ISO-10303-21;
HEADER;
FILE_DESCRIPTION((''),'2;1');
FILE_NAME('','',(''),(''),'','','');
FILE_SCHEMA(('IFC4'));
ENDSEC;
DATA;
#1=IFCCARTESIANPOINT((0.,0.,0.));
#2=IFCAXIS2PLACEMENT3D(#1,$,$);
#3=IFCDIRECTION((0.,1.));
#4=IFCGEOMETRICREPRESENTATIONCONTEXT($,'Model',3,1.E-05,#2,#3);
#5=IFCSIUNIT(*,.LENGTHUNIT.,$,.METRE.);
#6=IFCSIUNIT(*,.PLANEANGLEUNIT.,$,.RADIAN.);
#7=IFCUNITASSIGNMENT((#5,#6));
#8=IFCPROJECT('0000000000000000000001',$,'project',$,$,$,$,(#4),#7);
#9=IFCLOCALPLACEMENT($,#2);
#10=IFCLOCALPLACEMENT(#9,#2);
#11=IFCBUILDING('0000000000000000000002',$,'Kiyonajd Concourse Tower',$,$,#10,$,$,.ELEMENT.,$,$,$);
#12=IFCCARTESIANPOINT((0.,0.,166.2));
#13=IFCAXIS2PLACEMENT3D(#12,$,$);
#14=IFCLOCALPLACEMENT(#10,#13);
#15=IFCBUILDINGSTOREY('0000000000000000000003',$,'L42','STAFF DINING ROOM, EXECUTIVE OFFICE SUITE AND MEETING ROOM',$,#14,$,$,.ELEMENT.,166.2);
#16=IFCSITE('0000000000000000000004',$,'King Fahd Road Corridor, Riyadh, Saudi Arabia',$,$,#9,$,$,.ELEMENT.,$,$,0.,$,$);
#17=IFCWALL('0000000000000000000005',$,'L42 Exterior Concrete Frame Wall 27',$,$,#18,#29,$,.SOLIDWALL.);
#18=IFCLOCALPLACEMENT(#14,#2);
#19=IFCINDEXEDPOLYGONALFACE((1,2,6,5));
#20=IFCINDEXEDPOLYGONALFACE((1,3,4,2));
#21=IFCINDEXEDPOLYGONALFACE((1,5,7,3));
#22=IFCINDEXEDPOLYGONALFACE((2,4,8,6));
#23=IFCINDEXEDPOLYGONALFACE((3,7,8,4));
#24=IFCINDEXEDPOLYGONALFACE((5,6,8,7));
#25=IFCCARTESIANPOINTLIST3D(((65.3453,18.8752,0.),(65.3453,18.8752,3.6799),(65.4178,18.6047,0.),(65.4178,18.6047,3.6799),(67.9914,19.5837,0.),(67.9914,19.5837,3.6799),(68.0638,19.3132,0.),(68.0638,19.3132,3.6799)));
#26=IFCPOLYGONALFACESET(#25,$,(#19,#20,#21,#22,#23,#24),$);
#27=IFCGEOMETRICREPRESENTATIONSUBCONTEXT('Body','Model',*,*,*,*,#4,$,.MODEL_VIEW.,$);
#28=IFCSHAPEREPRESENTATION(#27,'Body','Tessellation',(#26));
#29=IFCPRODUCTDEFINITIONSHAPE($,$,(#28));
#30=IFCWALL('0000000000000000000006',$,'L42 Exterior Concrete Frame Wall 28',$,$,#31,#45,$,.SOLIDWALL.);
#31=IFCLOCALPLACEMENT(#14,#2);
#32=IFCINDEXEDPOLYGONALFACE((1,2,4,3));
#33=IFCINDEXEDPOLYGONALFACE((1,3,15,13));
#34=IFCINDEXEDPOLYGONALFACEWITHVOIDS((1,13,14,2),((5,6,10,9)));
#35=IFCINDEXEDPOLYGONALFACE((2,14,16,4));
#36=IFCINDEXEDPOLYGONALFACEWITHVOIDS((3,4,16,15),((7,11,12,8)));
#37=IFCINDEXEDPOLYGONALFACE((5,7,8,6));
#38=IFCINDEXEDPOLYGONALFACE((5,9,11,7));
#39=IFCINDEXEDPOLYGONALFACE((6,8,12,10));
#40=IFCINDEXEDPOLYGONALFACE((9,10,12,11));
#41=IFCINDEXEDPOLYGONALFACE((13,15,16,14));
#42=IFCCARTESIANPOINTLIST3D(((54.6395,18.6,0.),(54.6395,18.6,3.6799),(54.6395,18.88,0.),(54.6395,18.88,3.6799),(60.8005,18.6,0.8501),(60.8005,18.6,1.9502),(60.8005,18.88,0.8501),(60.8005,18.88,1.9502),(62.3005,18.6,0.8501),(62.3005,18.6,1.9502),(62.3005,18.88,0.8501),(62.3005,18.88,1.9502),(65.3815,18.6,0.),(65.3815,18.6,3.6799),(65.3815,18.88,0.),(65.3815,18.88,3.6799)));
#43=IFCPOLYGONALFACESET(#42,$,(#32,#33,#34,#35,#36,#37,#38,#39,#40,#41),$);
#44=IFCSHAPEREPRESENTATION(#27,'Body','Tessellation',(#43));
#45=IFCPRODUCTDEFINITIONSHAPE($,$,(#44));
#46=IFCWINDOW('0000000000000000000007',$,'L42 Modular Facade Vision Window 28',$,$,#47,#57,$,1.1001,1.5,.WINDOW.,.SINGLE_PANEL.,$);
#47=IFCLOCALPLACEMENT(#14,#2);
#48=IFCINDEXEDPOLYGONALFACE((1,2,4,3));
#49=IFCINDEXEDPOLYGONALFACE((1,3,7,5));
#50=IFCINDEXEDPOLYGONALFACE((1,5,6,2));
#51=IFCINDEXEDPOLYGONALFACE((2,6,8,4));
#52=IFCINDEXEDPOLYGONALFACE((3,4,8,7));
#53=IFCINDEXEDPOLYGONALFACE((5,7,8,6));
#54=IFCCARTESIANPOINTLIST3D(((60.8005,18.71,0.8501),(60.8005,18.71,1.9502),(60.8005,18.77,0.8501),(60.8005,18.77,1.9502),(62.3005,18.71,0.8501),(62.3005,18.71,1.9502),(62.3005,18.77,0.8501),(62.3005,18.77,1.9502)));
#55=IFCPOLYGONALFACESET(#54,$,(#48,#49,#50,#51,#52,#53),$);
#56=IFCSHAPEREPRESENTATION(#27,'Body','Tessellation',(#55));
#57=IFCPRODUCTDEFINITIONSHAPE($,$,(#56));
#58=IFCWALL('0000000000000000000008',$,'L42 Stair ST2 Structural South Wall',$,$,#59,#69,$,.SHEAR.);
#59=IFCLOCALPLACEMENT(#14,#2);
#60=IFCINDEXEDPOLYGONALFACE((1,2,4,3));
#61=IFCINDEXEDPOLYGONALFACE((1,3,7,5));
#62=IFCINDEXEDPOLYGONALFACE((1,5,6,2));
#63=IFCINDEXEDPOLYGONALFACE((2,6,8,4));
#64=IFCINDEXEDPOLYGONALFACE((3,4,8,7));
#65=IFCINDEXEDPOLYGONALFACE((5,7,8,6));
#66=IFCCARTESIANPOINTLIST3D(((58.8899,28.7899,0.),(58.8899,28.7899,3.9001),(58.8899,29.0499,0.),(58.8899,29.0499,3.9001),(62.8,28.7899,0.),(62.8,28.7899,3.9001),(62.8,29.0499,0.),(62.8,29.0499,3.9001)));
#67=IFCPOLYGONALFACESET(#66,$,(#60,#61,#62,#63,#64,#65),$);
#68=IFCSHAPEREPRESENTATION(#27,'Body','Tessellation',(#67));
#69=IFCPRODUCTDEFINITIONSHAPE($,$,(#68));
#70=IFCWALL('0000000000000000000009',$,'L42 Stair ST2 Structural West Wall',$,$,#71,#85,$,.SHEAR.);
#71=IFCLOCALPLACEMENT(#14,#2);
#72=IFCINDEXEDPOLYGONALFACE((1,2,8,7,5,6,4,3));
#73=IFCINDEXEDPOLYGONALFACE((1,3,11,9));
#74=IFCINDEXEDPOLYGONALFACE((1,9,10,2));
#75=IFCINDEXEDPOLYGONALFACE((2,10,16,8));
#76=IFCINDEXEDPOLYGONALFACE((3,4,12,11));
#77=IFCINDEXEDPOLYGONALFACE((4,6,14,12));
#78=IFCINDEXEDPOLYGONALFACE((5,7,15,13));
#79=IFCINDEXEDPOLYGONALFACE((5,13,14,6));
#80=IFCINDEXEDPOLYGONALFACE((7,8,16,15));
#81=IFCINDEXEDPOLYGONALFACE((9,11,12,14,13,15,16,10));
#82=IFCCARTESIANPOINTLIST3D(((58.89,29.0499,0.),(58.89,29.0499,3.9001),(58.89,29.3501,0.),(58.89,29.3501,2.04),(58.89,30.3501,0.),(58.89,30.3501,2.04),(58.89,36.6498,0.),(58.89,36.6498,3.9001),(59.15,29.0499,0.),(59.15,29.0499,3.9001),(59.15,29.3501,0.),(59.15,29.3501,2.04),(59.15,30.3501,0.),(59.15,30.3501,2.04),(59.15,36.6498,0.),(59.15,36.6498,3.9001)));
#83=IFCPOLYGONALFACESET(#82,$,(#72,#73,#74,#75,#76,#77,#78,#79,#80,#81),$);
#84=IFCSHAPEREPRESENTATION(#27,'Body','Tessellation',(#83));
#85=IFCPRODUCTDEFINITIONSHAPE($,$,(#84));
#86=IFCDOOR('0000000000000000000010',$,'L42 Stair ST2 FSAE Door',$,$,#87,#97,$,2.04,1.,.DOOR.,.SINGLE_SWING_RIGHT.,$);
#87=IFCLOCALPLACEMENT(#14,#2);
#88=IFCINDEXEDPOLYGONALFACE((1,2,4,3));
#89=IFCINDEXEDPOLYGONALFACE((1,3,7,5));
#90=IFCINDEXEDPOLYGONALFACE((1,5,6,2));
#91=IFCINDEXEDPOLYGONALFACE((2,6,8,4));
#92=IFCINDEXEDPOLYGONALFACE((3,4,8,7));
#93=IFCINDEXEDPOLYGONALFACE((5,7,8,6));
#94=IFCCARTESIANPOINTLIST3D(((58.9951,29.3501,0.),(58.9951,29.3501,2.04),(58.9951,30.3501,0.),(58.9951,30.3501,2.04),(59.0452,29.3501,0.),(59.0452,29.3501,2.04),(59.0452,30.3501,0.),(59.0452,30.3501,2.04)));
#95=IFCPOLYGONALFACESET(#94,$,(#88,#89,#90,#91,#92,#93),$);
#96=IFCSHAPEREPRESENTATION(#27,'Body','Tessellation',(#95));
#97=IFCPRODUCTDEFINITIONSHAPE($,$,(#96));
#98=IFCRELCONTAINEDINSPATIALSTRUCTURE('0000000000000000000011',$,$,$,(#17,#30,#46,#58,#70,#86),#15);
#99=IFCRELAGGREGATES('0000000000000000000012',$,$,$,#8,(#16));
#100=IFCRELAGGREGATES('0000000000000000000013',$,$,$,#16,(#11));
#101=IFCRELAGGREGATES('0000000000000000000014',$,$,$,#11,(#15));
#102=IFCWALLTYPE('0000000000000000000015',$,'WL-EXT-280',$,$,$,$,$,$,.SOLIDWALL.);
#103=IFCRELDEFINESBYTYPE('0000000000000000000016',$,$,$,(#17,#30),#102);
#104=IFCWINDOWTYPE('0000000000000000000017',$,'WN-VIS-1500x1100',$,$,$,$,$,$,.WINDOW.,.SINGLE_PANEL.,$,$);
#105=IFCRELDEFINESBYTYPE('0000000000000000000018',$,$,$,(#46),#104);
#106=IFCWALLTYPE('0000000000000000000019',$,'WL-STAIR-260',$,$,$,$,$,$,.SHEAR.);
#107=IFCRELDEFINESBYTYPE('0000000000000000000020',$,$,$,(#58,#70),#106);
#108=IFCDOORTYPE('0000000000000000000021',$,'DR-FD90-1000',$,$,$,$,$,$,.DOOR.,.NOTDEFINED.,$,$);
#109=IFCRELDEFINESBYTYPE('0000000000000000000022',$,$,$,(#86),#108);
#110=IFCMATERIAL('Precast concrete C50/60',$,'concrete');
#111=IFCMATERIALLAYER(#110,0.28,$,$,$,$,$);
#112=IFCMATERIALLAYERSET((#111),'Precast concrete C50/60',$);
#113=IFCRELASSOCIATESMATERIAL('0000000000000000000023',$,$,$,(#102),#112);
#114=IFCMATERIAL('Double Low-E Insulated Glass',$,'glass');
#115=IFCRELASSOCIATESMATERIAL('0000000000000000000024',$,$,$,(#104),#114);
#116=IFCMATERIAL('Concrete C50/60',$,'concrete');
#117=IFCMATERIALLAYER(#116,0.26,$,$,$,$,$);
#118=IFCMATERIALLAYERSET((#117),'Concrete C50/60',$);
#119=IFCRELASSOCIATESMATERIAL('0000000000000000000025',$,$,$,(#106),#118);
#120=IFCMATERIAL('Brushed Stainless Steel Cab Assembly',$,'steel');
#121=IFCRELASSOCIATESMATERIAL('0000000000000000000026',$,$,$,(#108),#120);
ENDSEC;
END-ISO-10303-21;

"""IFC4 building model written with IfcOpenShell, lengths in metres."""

from ifc_helpers import new_model, si_unit, direction, frame, frame_2d, origin, place, context, subcontext, project, spatial, rectangle, extrude, material, layer, layer_set, type_object, element, fill, save


model = new_model("IFC4")

# Units and contexts
model_context = context("Model", 3, precision=1e-05, world=origin(), true_north=direction((0.0, 1.0)))
body_context = subcontext(model_context, "Body", "Model", "MODEL_VIEW")
ifc_project = project(units=[si_unit("LENGTHUNIT", "METRE"), si_unit("PLANEANGLEUNIT", "RADIAN")], contexts=[model_context])

# Site, building, storey
site_placement = place(None, origin())
site = spatial("IfcSite", under=ifc_project, at=site_placement, Name="King Fahd Road Corridor, Riyadh, Saudi Arabia", CompositionType="ELEMENT", RefElevation=0.0)
building_placement = place(site_placement, origin())
building = spatial("IfcBuilding", under=site, at=building_placement, Name="Kiyonajd Concourse Tower", CompositionType="ELEMENT")
storey_placement = place(building_placement, frame((0.0, 0.0, 166.2)))
storey = spatial("IfcBuildingStorey", under=building, at=storey_placement, Name="L42", Description="STAFF DINING ROOM, EXECUTIVE OFFICE SUITE AND MEETING ROOM", CompositionType="ELEMENT", Elevation=166.2)

# Shared definitions
ifc_material_1 = material(Name="Double Low-E Insulated Glass", Category="glass")

# Wall
ifc_material_2 = material(Name="Precast concrete C50/60", Category="concrete")
ifc_layer_1 = layer(ifc_material_2, 0.28)
ifc_layer_set_1 = layer_set([ifc_layer_1], Name="Precast concrete C50/60")
wall_type_1 = type_object("IfcWallType", Name="WL-EXT-280", PredefinedType="SOLIDWALL", material=ifc_layer_set_1)
wall_1_placement = place(storey_placement, frame((68.0276, 19.4485, 0.0), z_axis=(0.0, 0.0, 1.0), x_axis=(-0.965971, -0.25865, 0.0)))
element("IfcWall", 1, at=wall_1_placement, inside=storey, type_object=wall_type_1, Name="L42 Exterior Concrete Frame Wall 27", PredefinedType="SOLIDWALL", context=body_context, shape_type="SweptSolid", body=[
    extrude(rectangle(XDim=2.7393, YDim=0.28, at=frame_2d((1.3696, 0.0))), origin(), (0.0, 0.0, 1.0), 3.6799),
])

# Wall, opening, window
wall_2_placement = place(storey_placement, frame((65.3816, 18.74, 0.0), z_axis=(0.0, 0.0, 1.0), x_axis=(-1.0, 0.0, 0.0)))
wall_2 = element("IfcWall", 2, at=wall_2_placement, inside=storey, type_object=wall_type_1, Name="L42 Exterior Concrete Frame Wall 28", PredefinedType="SOLIDWALL", context=body_context, shape_type="SweptSolid", body=[
    extrude(rectangle(XDim=10.7419, YDim=0.28, at=frame_2d((5.3711, 0.0))), origin(), (0.0, 0.0, 1.0), 3.6799),
])
opening_1_placement = place(wall_2_placement, frame((3.0811, 0.0, 0.8501)))
opening_1 = element("IfcOpeningElement", 3, at=opening_1_placement, cuts=wall_2, PredefinedType="OPENING", context=body_context, shape_type="SweptSolid", body=[
    extrude(rectangle(XDim=1.5, YDim=1.1001, at=frame_2d((0.75, 0.55))), frame((0.0, 0.1499, 0.0), z_axis=(0.0, -1.0, 0.0), x_axis=(1.0, 0.0, 0.0)), (0.0, 0.0, 1.0), 0.3),
])
window_type = type_object("IfcWindowType", Name="WN-VIS-1500x1100", PartitioningType="SINGLE_PANEL", PredefinedType="WINDOW", material=ifc_material_1)
window_placement = place(opening_1_placement, origin())
window = element("IfcWindow", 4, at=window_placement, inside=storey, type_object=window_type, Name="L42 Modular Facade Vision Window 28", OverallHeight=1.1001, OverallWidth=1.5, PartitioningType="SINGLE_PANEL", PredefinedType="WINDOW", context=body_context, shape_type="SweptSolid", body=[
    extrude(rectangle(XDim=1.5, YDim=1.1001, at=frame_2d((0.75, 0.55))), frame((0.0, 0.03, 0.0), z_axis=(0.0, -1.0, 0.0), x_axis=(1.0, 0.0, 0.0)), (0.0, 0.0, 1.0), 0.0601),
])
fill(opening_1, window)

# Wall
ifc_material_3 = material(Name="Concrete C50/60", Category="concrete")
ifc_layer_2 = layer(ifc_material_3, 0.26)
ifc_layer_set_2 = layer_set([ifc_layer_2], Name="Concrete C50/60")
wall_type_2 = type_object("IfcWallType", Name="WL-STAIR-260", PredefinedType="SHEAR", material=ifc_layer_set_2)
wall_3_placement = place(storey_placement, frame((58.8899, 28.9199, 0.0), z_axis=(0.0, 0.0, 1.0), x_axis=(1.0, 0.0, 0.0)))
element("IfcWall", 5, at=wall_3_placement, inside=storey, type_object=wall_type_2, Name="L42 Stair ST2 Structural South Wall", PredefinedType="SHEAR", context=body_context, shape_type="SweptSolid", body=[
    extrude(rectangle(XDim=3.9102, YDim=0.26, at=frame_2d((1.9551, 0.0))), origin(), (0.0, 0.0, 1.0), 3.9001),
])

# Wall, opening, door
wall_4_placement = place(storey_placement, frame((59.02, 29.05, 0.0), z_axis=(0.0, 0.0, 1.0), x_axis=(0.0, 1.0, 0.0)))
wall_4 = element("IfcWall", 6, at=wall_4_placement, inside=storey, type_object=wall_type_2, Name="L42 Stair ST2 Structural West Wall", PredefinedType="SHEAR", context=body_context, shape_type="SweptSolid", body=[
    extrude(rectangle(XDim=7.5999, YDim=0.26, at=frame_2d((3.7998, 0.0))), origin(), (0.0, 0.0, 1.0), 3.9001),
])
opening_2_placement = place(wall_4_placement, frame((0.3, 0.0, 0.0)))
opening_2 = element("IfcOpeningElement", 7, at=opening_2_placement, cuts=wall_4, PredefinedType="OPENING", context=body_context, shape_type="SweptSolid", body=[
    extrude(rectangle(XDim=1.0, YDim=2.04, at=frame_2d((0.5, 1.02))), frame((0.0, 0.1399, 0.0), z_axis=(0.0, -1.0, 0.0), x_axis=(1.0, 0.0, 0.0)), (0.0, 0.0, 1.0), 0.28),
])
ifc_material_4 = material(Name="Brushed Stainless Steel Cab Assembly", Category="steel")
door_type = type_object("IfcDoorType", Name="DR-FD90-1000", OperationType="NOTDEFINED", PredefinedType="DOOR", material=ifc_material_4)
door_placement = place(opening_2_placement, origin())
door = element("IfcDoor", 8, at=door_placement, inside=storey, type_object=door_type, Name="L42 Stair ST2 FSAE Door", OperationType="SINGLE_SWING_RIGHT", OverallHeight=2.04, OverallWidth=1.0, PredefinedType="DOOR", context=body_context, shape_type="SweptSolid", body=[
    extrude(rectangle(XDim=1.0, YDim=2.04, at=frame_2d((0.5, 1.02))), frame((0.0, 0.0249, 0.0), z_axis=(0.0, -1.0, 0.0), x_axis=(1.0, 0.0, 0.0)), (0.0, 0.0, 1.0), 0.05),
])
fill(opening_2, door)

save(model, "model.ifc")
